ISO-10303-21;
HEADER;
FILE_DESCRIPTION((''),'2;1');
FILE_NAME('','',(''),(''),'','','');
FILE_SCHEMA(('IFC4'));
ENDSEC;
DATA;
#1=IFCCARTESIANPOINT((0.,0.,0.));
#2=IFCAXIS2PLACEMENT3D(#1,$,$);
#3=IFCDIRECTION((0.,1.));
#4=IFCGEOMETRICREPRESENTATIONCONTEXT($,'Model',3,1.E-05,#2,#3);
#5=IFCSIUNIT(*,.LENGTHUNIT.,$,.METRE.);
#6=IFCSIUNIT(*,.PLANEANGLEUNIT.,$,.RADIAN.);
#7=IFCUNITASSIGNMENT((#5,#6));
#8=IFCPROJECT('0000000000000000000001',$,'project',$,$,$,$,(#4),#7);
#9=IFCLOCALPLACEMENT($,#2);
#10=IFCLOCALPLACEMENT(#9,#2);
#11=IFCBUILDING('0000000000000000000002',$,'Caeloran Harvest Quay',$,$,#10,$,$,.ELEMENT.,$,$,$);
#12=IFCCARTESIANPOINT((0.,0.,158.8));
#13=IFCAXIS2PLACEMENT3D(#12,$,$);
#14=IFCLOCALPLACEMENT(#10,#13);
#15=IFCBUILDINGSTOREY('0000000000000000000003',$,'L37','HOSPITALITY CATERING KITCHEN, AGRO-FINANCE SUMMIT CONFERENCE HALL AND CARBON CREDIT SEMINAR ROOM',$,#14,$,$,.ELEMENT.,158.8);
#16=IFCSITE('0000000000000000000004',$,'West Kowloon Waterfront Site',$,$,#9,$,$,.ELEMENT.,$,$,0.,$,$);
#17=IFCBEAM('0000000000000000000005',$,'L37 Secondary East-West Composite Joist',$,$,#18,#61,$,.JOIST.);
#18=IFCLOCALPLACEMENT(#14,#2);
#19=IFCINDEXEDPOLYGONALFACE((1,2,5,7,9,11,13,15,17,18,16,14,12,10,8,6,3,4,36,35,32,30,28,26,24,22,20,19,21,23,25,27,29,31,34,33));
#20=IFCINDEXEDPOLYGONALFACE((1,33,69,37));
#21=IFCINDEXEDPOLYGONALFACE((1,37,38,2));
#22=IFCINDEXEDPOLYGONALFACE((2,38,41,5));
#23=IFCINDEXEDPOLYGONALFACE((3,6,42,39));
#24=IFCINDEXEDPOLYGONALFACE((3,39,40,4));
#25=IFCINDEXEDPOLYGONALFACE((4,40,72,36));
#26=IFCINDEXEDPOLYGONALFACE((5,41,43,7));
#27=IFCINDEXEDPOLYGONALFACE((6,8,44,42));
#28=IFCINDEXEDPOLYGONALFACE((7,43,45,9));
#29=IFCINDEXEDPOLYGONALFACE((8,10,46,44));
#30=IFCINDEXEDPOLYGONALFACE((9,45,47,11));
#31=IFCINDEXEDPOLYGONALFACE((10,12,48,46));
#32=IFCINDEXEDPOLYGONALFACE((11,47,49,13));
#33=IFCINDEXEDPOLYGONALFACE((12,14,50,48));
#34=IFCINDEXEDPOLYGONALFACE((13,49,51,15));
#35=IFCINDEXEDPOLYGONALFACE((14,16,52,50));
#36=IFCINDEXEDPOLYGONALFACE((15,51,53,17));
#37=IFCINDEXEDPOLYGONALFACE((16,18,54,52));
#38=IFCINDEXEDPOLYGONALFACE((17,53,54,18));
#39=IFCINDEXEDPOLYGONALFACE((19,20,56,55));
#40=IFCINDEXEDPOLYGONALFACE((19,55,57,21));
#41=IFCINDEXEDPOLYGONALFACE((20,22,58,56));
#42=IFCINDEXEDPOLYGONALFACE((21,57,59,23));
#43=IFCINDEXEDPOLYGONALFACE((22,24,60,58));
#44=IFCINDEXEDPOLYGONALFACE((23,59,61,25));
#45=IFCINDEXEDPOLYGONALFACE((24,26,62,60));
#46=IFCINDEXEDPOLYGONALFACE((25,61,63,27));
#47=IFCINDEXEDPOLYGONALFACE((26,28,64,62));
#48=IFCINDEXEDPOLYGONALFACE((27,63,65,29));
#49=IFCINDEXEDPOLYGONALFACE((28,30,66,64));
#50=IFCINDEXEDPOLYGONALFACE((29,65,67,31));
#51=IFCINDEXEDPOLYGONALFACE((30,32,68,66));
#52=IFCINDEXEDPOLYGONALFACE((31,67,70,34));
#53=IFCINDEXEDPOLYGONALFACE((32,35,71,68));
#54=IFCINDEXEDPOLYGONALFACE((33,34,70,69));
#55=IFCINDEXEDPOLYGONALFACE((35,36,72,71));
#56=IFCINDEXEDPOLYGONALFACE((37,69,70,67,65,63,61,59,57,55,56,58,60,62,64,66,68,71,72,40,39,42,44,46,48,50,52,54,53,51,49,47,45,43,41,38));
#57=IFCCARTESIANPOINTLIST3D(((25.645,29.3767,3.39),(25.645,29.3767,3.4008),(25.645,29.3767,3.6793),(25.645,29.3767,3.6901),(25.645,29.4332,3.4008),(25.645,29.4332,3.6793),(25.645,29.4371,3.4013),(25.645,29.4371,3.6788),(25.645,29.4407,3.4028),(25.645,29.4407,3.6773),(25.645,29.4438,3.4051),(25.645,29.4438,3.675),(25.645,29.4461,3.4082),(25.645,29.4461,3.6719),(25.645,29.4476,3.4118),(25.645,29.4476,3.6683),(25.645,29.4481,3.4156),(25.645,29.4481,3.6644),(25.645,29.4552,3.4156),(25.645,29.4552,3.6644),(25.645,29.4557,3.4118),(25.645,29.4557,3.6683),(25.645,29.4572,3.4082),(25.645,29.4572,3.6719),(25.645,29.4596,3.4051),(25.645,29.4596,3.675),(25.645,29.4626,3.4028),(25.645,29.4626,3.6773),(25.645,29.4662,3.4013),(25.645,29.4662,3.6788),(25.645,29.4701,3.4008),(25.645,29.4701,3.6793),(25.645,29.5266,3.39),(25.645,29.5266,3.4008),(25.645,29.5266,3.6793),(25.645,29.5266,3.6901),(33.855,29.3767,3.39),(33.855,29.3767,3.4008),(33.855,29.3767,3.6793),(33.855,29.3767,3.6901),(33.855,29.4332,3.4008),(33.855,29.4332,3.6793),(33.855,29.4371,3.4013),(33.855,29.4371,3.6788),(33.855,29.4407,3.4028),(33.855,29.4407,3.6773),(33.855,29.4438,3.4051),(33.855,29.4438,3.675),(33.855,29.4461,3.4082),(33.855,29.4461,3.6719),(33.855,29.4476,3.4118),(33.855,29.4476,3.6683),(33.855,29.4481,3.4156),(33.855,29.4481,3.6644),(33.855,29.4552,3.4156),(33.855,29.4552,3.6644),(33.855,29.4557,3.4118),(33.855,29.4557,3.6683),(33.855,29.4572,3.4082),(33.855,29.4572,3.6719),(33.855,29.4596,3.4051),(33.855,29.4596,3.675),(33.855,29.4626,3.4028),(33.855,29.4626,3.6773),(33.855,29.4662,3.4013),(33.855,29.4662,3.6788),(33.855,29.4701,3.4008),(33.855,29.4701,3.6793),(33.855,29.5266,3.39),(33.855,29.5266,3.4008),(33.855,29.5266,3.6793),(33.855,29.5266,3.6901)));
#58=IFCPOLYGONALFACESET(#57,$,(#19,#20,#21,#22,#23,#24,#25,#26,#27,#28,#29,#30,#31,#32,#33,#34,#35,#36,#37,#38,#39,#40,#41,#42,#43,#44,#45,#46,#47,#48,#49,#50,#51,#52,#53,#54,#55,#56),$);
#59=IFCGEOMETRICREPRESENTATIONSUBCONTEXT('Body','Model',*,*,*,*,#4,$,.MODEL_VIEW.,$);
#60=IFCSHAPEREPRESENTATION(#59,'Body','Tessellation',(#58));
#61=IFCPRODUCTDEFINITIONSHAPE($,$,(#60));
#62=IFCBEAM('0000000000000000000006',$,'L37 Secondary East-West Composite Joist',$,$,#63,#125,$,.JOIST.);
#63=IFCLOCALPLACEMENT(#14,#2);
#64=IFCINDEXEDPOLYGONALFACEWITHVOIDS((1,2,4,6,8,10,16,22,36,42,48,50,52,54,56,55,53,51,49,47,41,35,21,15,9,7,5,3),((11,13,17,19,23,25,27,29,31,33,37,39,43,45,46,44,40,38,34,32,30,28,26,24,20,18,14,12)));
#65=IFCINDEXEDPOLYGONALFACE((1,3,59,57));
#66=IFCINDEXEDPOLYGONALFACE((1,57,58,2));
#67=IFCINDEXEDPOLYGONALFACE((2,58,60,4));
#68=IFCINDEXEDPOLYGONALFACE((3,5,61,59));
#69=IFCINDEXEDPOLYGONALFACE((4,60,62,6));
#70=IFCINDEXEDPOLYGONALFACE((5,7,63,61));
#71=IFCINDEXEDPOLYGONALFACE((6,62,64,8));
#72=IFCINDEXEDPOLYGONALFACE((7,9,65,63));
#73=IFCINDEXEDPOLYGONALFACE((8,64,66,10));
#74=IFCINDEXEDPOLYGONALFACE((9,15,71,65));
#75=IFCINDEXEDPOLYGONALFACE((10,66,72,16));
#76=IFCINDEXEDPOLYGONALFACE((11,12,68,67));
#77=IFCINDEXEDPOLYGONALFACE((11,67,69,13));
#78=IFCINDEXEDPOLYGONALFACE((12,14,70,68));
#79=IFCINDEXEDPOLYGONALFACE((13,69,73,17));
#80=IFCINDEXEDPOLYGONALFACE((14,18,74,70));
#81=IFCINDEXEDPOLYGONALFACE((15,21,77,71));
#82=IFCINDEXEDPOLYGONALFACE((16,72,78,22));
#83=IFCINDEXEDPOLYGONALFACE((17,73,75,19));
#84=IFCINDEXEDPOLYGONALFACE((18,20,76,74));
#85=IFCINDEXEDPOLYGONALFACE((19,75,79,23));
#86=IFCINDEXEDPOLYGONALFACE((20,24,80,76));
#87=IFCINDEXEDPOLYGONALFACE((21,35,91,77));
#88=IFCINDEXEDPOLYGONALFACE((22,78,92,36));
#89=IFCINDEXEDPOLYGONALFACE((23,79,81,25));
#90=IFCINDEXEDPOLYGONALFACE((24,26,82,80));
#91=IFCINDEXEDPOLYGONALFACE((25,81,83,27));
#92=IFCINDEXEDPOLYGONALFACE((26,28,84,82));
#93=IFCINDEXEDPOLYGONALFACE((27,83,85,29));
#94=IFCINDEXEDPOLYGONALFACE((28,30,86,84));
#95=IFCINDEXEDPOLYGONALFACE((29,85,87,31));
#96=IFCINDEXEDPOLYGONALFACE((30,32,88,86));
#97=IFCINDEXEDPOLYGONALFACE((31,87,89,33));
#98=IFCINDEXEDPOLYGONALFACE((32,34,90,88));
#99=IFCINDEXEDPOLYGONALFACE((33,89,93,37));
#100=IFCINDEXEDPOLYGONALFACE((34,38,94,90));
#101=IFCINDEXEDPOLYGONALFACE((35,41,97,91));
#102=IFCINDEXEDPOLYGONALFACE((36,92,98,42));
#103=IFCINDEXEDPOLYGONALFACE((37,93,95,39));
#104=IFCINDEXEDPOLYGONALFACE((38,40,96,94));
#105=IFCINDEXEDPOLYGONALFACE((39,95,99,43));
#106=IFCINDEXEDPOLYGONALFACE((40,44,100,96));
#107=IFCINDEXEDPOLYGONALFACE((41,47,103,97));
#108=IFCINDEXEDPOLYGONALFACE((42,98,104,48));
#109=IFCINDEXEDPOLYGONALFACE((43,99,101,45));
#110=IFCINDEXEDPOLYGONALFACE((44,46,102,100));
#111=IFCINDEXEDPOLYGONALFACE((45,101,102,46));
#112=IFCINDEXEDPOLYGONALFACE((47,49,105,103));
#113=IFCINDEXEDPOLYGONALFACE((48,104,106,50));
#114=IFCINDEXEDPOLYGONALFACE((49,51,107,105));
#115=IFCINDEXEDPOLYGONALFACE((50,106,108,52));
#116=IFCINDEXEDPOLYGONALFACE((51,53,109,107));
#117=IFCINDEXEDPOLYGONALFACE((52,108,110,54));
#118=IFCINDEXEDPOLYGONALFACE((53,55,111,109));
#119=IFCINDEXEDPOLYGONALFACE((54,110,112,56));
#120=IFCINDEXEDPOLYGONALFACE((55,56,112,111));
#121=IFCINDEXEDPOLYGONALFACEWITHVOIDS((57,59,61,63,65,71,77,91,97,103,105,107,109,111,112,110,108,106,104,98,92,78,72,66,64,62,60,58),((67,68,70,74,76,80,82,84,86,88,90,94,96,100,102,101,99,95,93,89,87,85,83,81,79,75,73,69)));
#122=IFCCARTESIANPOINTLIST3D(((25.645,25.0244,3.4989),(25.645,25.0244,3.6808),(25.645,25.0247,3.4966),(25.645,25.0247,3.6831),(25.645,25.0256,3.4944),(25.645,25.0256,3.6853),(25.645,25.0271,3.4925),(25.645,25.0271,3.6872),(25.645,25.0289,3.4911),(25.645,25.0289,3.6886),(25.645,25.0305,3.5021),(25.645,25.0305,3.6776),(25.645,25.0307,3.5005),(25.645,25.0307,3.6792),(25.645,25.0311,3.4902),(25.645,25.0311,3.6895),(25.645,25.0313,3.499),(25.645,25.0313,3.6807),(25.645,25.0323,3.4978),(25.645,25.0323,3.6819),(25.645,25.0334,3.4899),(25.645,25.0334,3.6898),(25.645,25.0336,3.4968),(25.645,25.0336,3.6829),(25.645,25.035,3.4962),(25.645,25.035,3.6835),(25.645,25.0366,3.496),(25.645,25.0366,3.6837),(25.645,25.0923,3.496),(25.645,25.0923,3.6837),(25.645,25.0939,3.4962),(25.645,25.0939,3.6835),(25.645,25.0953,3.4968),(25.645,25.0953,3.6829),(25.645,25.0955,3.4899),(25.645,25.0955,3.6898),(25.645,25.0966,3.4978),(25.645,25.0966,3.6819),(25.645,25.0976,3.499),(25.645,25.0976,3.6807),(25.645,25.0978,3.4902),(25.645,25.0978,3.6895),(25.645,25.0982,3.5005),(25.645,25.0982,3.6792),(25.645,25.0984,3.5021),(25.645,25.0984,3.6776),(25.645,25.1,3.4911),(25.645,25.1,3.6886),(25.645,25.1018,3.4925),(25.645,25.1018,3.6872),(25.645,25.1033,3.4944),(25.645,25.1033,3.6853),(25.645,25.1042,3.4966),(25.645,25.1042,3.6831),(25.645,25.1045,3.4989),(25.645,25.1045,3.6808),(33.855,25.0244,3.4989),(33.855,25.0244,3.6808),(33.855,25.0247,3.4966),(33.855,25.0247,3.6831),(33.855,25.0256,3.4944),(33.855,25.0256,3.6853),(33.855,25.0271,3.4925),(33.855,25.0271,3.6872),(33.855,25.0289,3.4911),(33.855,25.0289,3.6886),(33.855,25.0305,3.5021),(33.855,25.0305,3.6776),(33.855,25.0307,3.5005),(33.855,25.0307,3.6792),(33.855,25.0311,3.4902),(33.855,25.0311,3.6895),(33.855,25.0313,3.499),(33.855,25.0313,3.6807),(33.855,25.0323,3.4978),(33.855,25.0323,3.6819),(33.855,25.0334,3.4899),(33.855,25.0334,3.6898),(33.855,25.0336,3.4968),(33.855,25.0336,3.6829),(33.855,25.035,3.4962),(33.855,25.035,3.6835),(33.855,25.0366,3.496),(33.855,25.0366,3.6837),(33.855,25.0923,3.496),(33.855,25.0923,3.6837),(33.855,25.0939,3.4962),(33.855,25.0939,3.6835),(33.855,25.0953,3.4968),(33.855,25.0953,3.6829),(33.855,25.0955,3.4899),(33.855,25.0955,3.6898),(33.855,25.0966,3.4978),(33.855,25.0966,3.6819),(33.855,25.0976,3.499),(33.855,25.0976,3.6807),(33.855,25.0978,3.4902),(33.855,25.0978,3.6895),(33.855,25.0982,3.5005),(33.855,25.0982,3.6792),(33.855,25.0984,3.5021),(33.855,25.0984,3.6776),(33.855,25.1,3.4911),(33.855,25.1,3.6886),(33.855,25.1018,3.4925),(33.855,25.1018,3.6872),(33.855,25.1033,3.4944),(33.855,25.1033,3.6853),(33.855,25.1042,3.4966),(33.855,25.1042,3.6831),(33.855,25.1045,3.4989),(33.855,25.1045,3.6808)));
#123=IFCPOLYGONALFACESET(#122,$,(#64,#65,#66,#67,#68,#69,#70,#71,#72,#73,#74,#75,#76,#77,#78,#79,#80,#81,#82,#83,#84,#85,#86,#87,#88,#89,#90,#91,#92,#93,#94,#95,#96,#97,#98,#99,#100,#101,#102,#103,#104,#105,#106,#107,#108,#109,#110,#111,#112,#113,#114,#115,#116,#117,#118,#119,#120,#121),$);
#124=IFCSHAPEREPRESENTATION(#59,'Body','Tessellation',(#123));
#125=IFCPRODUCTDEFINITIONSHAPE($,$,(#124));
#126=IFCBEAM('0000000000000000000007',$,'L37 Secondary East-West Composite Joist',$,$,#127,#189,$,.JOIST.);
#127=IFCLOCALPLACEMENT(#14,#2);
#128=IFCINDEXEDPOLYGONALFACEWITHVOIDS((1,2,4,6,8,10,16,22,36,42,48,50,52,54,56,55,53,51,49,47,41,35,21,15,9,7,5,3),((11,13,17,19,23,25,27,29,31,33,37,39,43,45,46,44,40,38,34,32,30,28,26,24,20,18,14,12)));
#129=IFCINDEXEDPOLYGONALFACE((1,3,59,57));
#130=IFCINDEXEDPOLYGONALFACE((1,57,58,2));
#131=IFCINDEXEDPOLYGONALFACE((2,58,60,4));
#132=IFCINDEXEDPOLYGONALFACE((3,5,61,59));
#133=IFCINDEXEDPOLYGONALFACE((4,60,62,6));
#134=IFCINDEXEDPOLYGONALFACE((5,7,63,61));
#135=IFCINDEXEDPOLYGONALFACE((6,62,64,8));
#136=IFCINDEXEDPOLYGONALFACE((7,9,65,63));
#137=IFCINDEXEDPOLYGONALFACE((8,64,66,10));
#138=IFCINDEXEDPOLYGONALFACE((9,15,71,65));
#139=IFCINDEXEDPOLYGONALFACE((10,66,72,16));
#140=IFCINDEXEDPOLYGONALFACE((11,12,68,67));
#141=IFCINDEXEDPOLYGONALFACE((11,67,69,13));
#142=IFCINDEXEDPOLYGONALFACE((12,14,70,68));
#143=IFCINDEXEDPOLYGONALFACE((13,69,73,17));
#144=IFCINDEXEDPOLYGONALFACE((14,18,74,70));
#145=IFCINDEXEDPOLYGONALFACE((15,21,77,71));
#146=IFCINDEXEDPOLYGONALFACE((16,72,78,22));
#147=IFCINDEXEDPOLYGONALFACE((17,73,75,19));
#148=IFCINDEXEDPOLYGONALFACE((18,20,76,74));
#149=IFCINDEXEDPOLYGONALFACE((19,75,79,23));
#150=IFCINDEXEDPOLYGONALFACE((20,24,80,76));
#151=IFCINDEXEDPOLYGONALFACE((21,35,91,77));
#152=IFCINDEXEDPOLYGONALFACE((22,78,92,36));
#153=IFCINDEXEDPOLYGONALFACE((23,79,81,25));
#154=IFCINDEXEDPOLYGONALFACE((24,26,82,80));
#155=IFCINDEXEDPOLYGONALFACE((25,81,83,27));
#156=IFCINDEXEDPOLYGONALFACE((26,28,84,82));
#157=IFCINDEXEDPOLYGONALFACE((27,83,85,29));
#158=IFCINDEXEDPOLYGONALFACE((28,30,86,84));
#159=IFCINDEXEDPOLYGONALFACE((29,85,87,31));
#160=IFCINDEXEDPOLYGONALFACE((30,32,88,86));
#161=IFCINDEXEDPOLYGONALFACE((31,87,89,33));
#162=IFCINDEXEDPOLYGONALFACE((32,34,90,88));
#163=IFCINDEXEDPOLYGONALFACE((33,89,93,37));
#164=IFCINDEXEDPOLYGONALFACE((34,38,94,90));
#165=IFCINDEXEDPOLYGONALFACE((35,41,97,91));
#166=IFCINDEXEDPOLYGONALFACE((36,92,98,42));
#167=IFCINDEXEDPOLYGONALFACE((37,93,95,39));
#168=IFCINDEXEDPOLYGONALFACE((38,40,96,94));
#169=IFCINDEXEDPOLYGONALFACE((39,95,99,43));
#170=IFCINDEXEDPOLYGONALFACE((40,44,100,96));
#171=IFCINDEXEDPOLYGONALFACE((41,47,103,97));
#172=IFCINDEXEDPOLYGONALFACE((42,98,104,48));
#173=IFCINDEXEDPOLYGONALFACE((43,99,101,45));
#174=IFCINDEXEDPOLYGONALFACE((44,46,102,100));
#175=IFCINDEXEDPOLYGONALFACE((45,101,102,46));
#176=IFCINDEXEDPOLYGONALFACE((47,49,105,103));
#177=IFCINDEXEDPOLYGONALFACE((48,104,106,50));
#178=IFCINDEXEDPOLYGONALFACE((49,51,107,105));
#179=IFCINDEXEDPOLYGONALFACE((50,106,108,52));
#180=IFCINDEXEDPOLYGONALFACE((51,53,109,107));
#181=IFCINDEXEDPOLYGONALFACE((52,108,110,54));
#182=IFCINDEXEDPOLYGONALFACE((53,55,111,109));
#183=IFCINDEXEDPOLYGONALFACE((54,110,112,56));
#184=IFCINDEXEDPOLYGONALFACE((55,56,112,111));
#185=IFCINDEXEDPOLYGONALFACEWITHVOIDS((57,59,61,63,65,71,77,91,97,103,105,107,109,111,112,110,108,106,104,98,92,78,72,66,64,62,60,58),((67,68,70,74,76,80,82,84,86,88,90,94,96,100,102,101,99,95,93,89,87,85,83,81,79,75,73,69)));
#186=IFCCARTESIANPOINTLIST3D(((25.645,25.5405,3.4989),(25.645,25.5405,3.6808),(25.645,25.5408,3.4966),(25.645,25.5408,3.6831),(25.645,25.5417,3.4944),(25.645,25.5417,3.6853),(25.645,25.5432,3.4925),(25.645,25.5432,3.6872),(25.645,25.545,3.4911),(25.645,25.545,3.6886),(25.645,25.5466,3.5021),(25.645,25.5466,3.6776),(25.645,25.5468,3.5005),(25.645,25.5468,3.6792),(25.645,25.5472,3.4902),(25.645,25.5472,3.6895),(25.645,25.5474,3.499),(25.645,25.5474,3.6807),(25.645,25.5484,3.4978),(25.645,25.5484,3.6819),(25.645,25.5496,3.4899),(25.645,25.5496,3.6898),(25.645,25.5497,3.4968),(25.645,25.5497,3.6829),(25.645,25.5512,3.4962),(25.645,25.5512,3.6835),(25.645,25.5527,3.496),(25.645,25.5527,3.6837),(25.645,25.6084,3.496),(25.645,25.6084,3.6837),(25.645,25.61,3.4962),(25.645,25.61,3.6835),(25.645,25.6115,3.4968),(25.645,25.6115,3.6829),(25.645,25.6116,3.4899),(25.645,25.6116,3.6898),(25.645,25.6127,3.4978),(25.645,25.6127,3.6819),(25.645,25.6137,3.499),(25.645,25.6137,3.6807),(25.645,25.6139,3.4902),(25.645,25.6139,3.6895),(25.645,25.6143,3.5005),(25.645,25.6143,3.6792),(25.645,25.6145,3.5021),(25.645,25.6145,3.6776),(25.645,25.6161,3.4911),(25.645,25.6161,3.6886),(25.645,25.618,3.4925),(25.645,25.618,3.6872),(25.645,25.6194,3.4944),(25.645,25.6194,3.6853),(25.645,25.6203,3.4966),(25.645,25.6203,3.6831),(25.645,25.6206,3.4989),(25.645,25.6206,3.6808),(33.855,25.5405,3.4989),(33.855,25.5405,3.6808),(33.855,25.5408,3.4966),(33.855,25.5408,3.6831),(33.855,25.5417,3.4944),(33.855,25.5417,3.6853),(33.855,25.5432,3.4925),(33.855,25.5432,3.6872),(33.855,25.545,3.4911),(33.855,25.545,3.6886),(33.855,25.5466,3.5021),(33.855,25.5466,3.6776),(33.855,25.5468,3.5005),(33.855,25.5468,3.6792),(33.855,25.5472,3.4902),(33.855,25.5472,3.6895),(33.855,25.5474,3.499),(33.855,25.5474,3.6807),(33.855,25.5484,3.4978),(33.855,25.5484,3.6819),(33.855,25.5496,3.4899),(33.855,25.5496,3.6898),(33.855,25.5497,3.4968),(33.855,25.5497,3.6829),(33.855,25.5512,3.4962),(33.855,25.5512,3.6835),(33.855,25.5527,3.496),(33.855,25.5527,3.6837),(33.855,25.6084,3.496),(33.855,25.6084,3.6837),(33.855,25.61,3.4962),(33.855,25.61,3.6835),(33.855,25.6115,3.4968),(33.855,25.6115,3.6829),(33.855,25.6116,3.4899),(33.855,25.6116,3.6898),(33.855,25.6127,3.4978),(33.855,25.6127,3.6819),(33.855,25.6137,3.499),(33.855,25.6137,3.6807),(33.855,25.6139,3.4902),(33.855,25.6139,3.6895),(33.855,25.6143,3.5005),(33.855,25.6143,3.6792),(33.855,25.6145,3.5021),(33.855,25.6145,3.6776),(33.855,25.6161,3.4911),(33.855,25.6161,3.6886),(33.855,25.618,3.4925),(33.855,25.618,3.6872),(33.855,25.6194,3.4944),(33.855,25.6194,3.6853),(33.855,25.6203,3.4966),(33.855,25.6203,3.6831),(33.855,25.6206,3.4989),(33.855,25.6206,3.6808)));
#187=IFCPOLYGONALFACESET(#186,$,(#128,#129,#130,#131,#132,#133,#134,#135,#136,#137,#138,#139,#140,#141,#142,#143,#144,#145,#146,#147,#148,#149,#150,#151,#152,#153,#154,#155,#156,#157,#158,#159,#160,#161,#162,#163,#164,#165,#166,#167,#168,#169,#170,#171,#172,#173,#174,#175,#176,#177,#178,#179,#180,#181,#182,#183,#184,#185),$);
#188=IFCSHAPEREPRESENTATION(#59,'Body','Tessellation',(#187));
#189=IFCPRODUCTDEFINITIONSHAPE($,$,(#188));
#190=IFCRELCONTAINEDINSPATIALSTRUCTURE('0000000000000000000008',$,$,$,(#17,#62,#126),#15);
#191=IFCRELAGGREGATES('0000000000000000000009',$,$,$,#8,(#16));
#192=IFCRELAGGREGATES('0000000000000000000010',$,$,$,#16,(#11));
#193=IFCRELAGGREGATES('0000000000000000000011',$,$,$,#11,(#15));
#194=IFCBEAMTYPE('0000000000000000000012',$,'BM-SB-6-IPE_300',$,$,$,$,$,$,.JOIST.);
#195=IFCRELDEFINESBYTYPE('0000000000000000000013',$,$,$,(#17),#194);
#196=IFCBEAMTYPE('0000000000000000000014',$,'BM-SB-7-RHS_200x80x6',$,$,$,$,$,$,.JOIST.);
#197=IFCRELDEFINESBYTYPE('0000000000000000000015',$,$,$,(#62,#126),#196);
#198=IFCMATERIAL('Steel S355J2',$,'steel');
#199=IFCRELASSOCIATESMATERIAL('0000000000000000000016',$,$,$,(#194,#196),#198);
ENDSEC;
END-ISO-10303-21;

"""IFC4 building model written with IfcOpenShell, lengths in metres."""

from ifc_helpers import new_model, si_unit, direction, frame, origin, origin_2d, place, context, subcontext, project, spatial, hollow_rectangle, i_section, extrude, material, material_profile, profile_set, type_object, element, save


model = new_model("IFC4")

# Units and contexts
model_context = context("Model", 3, precision=1e-05, world=origin(), true_north=direction((0.0, 1.0)))
body_context = subcontext(model_context, "Body", "Model", "MODEL_VIEW")
ifc_project = project(units=[si_unit("LENGTHUNIT", "METRE"), si_unit("PLANEANGLEUNIT", "RADIAN")], contexts=[model_context])

# Site, building, storey
site_placement = place(None, origin())
site = spatial("IfcSite", under=ifc_project, at=site_placement, Name="West Kowloon Waterfront Site", CompositionType="ELEMENT", RefElevation=0.0)
building_placement = place(site_placement, origin())
building = spatial("IfcBuilding", under=site, at=building_placement, Name="Caeloran Harvest Quay", CompositionType="ELEMENT")
storey_placement = place(building_placement, frame((0.0, 0.0, 158.8)))
storey = spatial("IfcBuildingStorey", under=building, at=storey_placement, Name="L37", Description="HOSPITALITY CATERING KITCHEN, AGRO-FINANCE SUMMIT CONFERENCE HALL AND CARBON CREDIT SEMINAR ROOM", CompositionType="ELEMENT", Elevation=158.8)

# Beams
ifc_material_1 = material(Name="Steel S355J2", Category="steel")
ifc_material_profile_1 = material_profile(ifc_material_1, i_section(OverallWidth=0.1499, OverallDepth=0.3, WebThickness=0.0071, FlangeThickness=0.0107, FilletRadius=0.0149, at=origin_2d()), Name="IPE 300")
ifc_profile_set_1 = profile_set([ifc_material_profile_1], Name="Steel S355J2")
beam_type_1 = type_object("IfcBeamType", Name="BM-SB-6-IPE_300", PredefinedType="JOIST", material=ifc_profile_set_1)
for number, where, z_axis, x_axis, name in (
    (1, (25.645, 29.4517, 3.54), (1.0, 0.0, 0.0), (0.0, 1.0, 0.0), "L37 Secondary East-West Composite Joist"),
):
    element("IfcBeam", number, at=place(storey_placement, frame(where, z_axis=z_axis, x_axis=x_axis)), inside=storey, type_object=beam_type_1, Name=name, PredefinedType="JOIST", context=body_context, shape_type="SweptSolid", body=[
        extrude(i_section(OverallWidth=0.1499, OverallDepth=0.3, WebThickness=0.0071, FlangeThickness=0.0107, FilletRadius=0.0149, at=origin_2d()), origin(), (0.0, 0.0, 1.0), 8.21),
    ])
ifc_material_profile_2 = material_profile(ifc_material_1, hollow_rectangle(XDim=0.0801, YDim=0.2, WallThickness=0.0061, InnerFilletRadius=0.0061, OuterFilletRadius=0.009, at=origin_2d()), Name="RHS 200x80x6")
ifc_profile_set_2 = profile_set([ifc_material_profile_2], Name="Steel S355J2")
beam_type_2 = type_object("IfcBeamType", Name="BM-SB-7-RHS_200x80x6", PredefinedType="JOIST", material=ifc_profile_set_2)
for number, where, z_axis, x_axis, name in (
    (2, (25.645, 25.0645, 3.5898), (1.0, 0.0, 0.0), (0.0, 1.0, 0.0), "L37 Secondary East-West Composite Joist"),
    (3, (25.645, 25.5806, 3.5898), (1.0, 0.0, 0.0), (0.0, 1.0, 0.0), "L37 Secondary East-West Composite Joist"),
):
    element("IfcBeam", number, at=place(storey_placement, frame(where, z_axis=z_axis, x_axis=x_axis)), inside=storey, type_object=beam_type_2, Name=name, PredefinedType="JOIST", context=body_context, shape_type="SweptSolid", body=[
        extrude(hollow_rectangle(XDim=0.0801, YDim=0.2, WallThickness=0.0061, InnerFilletRadius=0.0061, OuterFilletRadius=0.009, at=origin_2d()), origin(), (0.0, 0.0, 1.0), 8.21),
    ])

save(model, "model.ifc")
